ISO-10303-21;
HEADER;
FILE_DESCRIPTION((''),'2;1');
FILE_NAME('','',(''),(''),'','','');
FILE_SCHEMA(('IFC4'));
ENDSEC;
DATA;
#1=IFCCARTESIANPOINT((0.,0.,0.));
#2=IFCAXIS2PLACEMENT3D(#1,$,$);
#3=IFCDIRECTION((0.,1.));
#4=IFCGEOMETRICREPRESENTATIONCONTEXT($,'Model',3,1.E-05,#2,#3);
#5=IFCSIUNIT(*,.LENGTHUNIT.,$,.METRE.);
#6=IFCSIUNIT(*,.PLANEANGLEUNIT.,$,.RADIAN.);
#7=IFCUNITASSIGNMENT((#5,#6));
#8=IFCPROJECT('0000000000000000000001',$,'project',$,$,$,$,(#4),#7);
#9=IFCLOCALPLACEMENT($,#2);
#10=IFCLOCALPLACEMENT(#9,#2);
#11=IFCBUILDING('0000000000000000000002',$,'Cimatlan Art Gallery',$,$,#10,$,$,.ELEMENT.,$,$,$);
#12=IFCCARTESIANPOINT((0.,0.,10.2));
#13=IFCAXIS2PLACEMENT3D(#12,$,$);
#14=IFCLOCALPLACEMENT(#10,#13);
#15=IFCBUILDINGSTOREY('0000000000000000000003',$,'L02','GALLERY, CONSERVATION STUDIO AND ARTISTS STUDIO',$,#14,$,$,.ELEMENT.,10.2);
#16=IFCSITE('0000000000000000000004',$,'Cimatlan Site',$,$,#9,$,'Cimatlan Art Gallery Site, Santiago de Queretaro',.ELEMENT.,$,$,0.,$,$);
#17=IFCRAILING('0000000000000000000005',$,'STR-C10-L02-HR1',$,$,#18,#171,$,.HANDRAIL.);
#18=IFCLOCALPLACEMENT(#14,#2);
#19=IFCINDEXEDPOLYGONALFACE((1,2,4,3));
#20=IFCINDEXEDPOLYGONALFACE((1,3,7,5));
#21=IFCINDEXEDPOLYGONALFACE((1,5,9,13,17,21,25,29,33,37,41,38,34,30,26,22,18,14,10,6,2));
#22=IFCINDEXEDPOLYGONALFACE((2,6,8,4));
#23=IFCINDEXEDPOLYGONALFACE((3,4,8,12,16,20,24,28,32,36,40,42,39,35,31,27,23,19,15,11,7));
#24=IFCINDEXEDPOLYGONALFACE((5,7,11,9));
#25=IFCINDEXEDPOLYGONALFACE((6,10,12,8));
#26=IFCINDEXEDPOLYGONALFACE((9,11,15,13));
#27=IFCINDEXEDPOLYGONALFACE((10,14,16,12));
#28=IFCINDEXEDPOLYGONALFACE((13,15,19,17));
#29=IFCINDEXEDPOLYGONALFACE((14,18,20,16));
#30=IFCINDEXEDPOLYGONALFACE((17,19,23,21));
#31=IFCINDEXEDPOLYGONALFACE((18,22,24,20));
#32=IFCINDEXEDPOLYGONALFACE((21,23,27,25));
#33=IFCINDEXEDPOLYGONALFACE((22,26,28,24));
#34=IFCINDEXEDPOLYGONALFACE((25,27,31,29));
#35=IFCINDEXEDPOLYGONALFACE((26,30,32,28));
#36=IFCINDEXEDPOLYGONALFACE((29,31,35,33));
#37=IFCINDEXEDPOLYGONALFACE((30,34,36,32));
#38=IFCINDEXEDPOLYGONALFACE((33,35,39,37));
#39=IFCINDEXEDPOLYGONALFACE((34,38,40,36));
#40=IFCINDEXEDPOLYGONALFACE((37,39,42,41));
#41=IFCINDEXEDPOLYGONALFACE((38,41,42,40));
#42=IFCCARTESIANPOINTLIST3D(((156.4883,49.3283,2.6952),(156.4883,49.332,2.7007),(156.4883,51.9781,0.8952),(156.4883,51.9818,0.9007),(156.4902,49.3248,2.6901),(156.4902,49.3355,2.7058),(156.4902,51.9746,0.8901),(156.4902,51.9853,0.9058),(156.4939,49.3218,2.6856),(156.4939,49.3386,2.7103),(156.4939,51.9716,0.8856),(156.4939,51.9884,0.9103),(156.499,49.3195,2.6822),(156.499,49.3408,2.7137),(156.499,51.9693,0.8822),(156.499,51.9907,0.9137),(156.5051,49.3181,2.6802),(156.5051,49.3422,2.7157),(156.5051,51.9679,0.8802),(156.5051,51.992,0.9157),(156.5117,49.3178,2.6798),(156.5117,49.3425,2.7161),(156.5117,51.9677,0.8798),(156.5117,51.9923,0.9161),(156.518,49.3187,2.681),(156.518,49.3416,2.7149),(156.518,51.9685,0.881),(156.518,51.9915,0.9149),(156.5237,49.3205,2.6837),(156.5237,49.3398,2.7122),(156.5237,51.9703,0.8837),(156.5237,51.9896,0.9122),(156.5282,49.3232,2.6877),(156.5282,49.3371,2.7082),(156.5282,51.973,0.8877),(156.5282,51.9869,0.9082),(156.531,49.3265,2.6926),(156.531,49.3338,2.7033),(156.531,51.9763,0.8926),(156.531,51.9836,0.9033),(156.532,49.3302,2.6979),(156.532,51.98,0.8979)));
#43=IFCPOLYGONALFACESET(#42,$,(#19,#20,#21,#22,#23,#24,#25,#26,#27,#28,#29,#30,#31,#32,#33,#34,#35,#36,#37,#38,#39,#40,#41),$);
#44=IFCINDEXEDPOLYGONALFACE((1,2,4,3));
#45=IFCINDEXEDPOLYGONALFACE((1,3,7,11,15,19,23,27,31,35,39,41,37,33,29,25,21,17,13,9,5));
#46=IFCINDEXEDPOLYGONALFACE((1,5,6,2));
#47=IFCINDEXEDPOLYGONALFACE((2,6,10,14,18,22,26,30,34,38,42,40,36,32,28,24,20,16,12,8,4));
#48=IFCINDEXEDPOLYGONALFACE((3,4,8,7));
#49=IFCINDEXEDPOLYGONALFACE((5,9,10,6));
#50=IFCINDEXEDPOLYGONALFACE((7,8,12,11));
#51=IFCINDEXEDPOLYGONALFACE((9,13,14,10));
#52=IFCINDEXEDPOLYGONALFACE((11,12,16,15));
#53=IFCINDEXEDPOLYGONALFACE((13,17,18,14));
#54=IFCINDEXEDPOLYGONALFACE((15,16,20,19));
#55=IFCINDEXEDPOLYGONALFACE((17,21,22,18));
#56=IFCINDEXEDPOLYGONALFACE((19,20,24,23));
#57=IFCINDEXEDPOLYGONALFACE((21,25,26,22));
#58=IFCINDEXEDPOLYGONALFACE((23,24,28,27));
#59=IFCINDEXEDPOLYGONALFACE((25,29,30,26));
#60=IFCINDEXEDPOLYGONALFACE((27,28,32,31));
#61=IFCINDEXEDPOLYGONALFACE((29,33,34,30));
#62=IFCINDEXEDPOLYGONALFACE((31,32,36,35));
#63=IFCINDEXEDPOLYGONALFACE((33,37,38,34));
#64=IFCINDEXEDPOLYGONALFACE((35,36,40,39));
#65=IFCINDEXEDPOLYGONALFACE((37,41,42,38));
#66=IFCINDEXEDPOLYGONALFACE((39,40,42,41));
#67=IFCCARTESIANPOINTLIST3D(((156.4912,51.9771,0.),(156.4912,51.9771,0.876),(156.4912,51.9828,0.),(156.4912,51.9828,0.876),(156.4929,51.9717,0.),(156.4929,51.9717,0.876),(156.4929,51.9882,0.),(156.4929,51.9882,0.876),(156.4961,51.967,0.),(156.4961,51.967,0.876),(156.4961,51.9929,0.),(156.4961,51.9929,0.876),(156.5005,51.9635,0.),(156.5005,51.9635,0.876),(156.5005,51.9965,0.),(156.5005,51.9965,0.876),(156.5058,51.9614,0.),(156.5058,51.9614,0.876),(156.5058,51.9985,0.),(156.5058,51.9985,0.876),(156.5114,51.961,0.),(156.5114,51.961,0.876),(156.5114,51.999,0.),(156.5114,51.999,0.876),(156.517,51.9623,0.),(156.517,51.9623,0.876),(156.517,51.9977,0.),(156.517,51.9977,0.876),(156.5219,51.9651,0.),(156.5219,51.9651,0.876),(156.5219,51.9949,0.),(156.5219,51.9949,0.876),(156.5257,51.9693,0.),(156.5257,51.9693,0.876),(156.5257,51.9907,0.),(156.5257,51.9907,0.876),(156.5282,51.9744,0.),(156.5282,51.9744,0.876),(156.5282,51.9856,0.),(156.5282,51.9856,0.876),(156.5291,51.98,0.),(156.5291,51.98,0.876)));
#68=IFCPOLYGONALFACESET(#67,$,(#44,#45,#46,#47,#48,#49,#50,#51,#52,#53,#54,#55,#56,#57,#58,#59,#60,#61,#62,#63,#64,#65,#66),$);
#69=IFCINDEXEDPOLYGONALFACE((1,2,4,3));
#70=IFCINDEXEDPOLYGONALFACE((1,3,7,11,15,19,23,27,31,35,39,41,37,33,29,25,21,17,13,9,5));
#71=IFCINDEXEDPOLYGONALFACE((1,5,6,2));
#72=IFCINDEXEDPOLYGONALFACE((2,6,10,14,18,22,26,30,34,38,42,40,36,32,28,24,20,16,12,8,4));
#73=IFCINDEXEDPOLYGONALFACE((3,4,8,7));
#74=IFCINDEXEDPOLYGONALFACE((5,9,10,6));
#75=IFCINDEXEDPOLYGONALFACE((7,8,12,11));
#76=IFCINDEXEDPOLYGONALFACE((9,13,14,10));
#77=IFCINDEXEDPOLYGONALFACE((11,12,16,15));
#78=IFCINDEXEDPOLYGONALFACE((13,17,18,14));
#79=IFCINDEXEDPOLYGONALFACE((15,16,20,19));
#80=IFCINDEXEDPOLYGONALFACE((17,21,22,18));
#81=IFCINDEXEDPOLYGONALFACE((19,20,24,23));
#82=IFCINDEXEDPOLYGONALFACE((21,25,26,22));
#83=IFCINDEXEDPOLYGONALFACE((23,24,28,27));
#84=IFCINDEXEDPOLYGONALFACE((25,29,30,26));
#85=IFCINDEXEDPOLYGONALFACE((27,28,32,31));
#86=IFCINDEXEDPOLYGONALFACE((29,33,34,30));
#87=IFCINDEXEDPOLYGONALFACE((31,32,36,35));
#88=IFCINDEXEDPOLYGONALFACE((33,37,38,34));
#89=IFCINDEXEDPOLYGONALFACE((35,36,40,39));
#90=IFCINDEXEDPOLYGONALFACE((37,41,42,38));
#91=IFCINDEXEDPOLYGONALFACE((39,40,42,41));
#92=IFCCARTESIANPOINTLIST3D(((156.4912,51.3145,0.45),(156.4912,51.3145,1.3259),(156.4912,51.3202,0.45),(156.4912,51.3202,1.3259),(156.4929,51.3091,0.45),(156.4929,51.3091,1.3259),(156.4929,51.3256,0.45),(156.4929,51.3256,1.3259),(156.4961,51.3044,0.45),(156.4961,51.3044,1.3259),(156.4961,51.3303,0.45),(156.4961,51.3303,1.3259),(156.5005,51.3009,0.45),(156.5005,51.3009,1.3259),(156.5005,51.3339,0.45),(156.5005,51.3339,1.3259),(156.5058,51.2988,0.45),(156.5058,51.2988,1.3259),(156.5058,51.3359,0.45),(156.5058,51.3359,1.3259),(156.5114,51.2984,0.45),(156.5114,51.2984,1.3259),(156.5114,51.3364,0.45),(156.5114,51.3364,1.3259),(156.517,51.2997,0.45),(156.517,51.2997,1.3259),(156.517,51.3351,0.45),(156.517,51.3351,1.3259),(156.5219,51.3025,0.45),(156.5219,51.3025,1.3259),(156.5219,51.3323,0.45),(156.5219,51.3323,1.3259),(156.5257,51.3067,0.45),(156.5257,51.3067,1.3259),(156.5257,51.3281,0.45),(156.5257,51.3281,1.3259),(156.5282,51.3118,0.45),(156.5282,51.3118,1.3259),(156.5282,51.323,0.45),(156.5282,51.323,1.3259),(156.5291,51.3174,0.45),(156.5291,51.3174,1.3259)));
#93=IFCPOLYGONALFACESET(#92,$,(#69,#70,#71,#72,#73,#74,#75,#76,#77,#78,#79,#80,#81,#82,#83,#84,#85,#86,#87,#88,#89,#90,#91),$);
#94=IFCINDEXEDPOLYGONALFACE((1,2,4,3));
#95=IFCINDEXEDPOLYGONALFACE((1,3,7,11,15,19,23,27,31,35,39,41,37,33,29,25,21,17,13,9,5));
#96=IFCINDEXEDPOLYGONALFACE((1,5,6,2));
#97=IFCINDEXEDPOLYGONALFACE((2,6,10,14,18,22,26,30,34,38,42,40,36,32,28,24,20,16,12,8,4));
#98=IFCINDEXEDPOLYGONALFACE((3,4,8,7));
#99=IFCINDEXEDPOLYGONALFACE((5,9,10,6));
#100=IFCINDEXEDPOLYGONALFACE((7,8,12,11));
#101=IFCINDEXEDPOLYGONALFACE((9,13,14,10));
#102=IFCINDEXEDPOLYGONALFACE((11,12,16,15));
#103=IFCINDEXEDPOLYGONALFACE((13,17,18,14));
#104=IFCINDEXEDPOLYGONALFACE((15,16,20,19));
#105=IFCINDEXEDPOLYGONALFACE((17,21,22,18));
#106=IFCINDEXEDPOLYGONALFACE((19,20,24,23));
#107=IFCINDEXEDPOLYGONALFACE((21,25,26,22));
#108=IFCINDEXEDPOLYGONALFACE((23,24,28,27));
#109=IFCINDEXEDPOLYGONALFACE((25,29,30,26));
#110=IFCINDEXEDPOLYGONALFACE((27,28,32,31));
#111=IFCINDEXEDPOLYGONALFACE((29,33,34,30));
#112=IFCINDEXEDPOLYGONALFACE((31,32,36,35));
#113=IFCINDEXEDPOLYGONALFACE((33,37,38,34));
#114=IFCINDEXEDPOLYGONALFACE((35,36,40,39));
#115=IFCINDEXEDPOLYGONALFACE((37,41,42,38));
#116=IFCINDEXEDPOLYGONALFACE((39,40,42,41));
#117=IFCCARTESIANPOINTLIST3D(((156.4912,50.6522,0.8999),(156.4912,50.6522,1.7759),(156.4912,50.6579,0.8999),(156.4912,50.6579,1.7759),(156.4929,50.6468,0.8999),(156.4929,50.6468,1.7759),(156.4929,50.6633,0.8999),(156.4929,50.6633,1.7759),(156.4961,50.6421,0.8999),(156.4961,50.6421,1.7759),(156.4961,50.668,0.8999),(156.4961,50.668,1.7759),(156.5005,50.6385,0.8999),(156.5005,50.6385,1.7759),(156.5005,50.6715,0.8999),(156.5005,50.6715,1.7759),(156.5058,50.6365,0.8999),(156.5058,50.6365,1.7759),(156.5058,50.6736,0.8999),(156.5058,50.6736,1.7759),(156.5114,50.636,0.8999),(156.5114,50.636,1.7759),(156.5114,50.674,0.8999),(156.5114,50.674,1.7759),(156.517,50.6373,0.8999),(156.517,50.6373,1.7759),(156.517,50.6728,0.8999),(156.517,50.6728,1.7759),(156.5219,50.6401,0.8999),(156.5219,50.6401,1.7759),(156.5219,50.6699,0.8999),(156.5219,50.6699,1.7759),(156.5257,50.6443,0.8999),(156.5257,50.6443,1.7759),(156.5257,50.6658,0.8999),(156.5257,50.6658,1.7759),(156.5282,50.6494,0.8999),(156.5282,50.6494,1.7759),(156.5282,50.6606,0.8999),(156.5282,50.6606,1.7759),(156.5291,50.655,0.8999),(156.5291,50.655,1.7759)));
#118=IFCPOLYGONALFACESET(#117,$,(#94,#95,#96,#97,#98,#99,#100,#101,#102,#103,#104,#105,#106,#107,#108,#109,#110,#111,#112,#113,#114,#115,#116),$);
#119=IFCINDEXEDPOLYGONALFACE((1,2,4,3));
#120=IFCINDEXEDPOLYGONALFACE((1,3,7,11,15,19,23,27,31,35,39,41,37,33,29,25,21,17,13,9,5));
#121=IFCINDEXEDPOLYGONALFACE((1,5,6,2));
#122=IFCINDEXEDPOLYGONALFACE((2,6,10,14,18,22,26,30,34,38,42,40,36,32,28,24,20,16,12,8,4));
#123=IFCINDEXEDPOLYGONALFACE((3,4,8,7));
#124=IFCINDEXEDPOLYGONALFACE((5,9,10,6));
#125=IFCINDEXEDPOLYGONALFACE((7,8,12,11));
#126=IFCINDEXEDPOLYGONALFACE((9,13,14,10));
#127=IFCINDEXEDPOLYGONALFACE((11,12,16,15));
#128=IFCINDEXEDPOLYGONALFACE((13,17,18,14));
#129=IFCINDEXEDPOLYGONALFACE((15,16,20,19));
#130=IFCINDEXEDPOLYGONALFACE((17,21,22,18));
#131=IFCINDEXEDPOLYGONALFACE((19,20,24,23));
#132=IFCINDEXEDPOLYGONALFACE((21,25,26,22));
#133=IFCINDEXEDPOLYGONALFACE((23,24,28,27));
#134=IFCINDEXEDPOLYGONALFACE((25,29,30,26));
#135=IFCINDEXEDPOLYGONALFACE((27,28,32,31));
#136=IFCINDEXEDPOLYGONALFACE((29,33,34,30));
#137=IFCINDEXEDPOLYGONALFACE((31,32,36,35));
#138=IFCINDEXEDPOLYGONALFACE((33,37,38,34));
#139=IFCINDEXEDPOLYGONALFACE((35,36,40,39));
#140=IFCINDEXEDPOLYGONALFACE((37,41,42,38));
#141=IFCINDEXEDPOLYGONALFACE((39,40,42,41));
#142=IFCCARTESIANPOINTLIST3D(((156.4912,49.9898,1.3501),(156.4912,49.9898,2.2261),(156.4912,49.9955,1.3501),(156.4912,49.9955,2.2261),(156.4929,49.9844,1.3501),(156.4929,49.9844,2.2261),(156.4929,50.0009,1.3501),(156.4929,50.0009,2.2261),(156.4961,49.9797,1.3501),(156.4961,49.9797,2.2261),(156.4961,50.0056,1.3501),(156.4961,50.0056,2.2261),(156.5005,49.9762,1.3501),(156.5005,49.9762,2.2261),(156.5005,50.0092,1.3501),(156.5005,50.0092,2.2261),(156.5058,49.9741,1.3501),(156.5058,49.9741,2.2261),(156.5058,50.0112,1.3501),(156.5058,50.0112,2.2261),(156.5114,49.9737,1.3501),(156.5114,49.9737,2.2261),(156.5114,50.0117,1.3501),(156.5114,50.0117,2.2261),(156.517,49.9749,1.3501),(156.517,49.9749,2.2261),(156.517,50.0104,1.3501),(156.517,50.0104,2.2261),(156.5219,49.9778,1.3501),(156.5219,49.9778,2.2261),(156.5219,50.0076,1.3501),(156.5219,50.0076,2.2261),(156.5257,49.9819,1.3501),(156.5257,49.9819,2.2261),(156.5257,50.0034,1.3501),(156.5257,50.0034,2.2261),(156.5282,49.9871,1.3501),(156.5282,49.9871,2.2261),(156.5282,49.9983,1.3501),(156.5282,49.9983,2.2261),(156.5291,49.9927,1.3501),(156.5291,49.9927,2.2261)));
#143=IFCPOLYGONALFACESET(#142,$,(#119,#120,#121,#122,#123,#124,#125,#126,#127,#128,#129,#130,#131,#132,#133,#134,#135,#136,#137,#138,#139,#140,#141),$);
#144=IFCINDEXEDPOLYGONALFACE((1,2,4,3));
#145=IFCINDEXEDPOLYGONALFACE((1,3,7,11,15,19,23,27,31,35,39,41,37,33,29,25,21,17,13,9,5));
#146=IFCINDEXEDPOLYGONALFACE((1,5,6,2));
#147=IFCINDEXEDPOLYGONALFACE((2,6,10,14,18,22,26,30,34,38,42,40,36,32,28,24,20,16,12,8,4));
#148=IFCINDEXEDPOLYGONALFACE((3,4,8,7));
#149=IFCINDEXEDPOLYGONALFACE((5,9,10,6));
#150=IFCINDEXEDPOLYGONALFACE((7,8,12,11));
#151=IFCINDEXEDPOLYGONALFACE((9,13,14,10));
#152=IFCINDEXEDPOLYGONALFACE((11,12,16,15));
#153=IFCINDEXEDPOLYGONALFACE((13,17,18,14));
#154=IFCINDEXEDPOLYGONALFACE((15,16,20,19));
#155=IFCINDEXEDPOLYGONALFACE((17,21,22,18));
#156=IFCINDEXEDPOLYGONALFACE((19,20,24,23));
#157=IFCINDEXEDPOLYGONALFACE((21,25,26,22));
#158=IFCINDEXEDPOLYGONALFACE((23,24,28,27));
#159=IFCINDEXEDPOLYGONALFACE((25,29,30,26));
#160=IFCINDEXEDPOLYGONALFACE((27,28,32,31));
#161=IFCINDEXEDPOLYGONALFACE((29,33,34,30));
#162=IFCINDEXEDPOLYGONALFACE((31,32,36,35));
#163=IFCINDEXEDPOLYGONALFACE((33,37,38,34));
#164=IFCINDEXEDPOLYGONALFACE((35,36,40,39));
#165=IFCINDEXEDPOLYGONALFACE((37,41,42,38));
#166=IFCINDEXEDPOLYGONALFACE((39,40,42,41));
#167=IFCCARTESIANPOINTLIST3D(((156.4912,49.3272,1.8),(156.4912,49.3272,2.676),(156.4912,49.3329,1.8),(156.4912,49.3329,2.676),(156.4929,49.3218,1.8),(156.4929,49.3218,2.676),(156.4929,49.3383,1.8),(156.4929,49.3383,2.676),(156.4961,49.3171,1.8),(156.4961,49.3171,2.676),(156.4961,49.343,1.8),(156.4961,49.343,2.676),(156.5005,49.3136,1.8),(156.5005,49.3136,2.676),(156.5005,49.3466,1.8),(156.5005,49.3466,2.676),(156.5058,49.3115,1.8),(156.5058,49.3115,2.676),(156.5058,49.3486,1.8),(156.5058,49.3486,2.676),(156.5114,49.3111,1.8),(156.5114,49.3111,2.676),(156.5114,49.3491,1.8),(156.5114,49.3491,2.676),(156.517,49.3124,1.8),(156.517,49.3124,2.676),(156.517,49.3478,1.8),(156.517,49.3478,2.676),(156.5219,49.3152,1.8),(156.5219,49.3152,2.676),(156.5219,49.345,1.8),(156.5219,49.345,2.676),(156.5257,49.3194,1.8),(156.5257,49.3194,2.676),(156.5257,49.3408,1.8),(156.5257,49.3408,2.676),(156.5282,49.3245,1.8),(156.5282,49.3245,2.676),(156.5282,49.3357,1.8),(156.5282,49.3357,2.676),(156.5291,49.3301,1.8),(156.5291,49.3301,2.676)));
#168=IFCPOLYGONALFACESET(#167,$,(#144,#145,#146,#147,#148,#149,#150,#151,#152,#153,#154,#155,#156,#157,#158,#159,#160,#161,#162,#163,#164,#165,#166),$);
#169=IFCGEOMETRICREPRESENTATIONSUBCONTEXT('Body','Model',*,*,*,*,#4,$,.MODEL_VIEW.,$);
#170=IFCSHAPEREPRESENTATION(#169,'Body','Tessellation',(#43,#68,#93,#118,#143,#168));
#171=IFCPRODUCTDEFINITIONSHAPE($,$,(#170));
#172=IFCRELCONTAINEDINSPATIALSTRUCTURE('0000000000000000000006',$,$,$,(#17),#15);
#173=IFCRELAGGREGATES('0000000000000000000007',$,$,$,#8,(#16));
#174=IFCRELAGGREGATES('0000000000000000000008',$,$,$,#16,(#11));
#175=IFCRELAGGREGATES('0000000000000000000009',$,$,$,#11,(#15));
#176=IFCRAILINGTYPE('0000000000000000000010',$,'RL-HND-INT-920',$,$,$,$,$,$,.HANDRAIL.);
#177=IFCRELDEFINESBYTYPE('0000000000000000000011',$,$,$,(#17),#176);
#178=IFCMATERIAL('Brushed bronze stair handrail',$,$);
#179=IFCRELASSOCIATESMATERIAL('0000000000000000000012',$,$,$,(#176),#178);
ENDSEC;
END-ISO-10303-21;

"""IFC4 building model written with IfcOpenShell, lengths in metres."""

from ifc_helpers import new_model, si_unit, direction, frame, origin, origin_2d, place, context, subcontext, project, spatial, circle, extrude, material, type_object, element, save


model = new_model("IFC4")

# Units and contexts
model_context = context("Model", 3, precision=1e-05, world=origin(), true_north=direction((0.0, 1.0)))
body_context = subcontext(model_context, "Body", "Model", "MODEL_VIEW")
ifc_project = project(units=[si_unit("LENGTHUNIT", "METRE"), si_unit("PLANEANGLEUNIT", "RADIAN")], contexts=[model_context])

# Site, building, storey
site_placement = place(None, origin())
site = spatial("IfcSite", under=ifc_project, at=site_placement, Name="Cimatlan Site", LongName="Cimatlan Art Gallery Site, Santiago de Queretaro", CompositionType="ELEMENT", RefElevation=0.0)
building_placement = place(site_placement, origin())
building = spatial("IfcBuilding", under=site, at=building_placement, Name="Cimatlan Art Gallery", CompositionType="ELEMENT")
storey_placement = place(building_placement, frame((0.0, 0.0, 10.2)))
storey = spatial("IfcBuildingStorey", under=building, at=storey_placement, Name="L02", Description="GALLERY, CONSERVATION STUDIO AND ARTISTS STUDIO", CompositionType="ELEMENT", Elevation=10.2)

# Railing
ifc_material_1 = material(Name="Brushed bronze stair handrail")
railing_type_1 = type_object("IfcRailingType", Name="RL-HND-INT-920", PredefinedType="HANDRAIL", material=ifc_material_1)
railing_1_placement = place(storey_placement, frame((156.51, 51.98, 0.0)))
element("IfcRailing", 1, at=railing_1_placement, inside=storey, type_object=railing_type_1, Name="STR-C10-L02-HR1", PredefinedType="HANDRAIL", context=body_context, shape_type="SweptSolid", body=[
    extrude(circle(Radius=0.022, at=origin_2d()), frame((0.0, 0.0, 0.8979), z_axis=(0.0, -0.8272, 0.561908), x_axis=(1.0, 0.0, 0.0)), (0.0, 0.0, 1.0), 3.2034),
    extrude(circle(Radius=0.019, at=origin_2d()), origin(), (0.0, 0.0, 1.0), 0.876),
    extrude(circle(Radius=0.019, at=origin_2d()), frame((0.0, -0.6626, 0.45)), (0.0, 0.0, 1.0), 0.876),
    extrude(circle(Radius=0.019, at=origin_2d()), frame((0.0, -1.325, 0.8999)), (0.0, 0.0, 1.0), 0.876),
    extrude(circle(Radius=0.019, at=origin_2d()), frame((0.0, -1.9873, 1.3501)), (0.0, 0.0, 1.0), 0.876),
    extrude(circle(Radius=0.019, at=origin_2d()), frame((0.0, -2.6499, 1.8)), (0.0, 0.0, 1.0), 0.876),
])

save(model, "model.ifc")
